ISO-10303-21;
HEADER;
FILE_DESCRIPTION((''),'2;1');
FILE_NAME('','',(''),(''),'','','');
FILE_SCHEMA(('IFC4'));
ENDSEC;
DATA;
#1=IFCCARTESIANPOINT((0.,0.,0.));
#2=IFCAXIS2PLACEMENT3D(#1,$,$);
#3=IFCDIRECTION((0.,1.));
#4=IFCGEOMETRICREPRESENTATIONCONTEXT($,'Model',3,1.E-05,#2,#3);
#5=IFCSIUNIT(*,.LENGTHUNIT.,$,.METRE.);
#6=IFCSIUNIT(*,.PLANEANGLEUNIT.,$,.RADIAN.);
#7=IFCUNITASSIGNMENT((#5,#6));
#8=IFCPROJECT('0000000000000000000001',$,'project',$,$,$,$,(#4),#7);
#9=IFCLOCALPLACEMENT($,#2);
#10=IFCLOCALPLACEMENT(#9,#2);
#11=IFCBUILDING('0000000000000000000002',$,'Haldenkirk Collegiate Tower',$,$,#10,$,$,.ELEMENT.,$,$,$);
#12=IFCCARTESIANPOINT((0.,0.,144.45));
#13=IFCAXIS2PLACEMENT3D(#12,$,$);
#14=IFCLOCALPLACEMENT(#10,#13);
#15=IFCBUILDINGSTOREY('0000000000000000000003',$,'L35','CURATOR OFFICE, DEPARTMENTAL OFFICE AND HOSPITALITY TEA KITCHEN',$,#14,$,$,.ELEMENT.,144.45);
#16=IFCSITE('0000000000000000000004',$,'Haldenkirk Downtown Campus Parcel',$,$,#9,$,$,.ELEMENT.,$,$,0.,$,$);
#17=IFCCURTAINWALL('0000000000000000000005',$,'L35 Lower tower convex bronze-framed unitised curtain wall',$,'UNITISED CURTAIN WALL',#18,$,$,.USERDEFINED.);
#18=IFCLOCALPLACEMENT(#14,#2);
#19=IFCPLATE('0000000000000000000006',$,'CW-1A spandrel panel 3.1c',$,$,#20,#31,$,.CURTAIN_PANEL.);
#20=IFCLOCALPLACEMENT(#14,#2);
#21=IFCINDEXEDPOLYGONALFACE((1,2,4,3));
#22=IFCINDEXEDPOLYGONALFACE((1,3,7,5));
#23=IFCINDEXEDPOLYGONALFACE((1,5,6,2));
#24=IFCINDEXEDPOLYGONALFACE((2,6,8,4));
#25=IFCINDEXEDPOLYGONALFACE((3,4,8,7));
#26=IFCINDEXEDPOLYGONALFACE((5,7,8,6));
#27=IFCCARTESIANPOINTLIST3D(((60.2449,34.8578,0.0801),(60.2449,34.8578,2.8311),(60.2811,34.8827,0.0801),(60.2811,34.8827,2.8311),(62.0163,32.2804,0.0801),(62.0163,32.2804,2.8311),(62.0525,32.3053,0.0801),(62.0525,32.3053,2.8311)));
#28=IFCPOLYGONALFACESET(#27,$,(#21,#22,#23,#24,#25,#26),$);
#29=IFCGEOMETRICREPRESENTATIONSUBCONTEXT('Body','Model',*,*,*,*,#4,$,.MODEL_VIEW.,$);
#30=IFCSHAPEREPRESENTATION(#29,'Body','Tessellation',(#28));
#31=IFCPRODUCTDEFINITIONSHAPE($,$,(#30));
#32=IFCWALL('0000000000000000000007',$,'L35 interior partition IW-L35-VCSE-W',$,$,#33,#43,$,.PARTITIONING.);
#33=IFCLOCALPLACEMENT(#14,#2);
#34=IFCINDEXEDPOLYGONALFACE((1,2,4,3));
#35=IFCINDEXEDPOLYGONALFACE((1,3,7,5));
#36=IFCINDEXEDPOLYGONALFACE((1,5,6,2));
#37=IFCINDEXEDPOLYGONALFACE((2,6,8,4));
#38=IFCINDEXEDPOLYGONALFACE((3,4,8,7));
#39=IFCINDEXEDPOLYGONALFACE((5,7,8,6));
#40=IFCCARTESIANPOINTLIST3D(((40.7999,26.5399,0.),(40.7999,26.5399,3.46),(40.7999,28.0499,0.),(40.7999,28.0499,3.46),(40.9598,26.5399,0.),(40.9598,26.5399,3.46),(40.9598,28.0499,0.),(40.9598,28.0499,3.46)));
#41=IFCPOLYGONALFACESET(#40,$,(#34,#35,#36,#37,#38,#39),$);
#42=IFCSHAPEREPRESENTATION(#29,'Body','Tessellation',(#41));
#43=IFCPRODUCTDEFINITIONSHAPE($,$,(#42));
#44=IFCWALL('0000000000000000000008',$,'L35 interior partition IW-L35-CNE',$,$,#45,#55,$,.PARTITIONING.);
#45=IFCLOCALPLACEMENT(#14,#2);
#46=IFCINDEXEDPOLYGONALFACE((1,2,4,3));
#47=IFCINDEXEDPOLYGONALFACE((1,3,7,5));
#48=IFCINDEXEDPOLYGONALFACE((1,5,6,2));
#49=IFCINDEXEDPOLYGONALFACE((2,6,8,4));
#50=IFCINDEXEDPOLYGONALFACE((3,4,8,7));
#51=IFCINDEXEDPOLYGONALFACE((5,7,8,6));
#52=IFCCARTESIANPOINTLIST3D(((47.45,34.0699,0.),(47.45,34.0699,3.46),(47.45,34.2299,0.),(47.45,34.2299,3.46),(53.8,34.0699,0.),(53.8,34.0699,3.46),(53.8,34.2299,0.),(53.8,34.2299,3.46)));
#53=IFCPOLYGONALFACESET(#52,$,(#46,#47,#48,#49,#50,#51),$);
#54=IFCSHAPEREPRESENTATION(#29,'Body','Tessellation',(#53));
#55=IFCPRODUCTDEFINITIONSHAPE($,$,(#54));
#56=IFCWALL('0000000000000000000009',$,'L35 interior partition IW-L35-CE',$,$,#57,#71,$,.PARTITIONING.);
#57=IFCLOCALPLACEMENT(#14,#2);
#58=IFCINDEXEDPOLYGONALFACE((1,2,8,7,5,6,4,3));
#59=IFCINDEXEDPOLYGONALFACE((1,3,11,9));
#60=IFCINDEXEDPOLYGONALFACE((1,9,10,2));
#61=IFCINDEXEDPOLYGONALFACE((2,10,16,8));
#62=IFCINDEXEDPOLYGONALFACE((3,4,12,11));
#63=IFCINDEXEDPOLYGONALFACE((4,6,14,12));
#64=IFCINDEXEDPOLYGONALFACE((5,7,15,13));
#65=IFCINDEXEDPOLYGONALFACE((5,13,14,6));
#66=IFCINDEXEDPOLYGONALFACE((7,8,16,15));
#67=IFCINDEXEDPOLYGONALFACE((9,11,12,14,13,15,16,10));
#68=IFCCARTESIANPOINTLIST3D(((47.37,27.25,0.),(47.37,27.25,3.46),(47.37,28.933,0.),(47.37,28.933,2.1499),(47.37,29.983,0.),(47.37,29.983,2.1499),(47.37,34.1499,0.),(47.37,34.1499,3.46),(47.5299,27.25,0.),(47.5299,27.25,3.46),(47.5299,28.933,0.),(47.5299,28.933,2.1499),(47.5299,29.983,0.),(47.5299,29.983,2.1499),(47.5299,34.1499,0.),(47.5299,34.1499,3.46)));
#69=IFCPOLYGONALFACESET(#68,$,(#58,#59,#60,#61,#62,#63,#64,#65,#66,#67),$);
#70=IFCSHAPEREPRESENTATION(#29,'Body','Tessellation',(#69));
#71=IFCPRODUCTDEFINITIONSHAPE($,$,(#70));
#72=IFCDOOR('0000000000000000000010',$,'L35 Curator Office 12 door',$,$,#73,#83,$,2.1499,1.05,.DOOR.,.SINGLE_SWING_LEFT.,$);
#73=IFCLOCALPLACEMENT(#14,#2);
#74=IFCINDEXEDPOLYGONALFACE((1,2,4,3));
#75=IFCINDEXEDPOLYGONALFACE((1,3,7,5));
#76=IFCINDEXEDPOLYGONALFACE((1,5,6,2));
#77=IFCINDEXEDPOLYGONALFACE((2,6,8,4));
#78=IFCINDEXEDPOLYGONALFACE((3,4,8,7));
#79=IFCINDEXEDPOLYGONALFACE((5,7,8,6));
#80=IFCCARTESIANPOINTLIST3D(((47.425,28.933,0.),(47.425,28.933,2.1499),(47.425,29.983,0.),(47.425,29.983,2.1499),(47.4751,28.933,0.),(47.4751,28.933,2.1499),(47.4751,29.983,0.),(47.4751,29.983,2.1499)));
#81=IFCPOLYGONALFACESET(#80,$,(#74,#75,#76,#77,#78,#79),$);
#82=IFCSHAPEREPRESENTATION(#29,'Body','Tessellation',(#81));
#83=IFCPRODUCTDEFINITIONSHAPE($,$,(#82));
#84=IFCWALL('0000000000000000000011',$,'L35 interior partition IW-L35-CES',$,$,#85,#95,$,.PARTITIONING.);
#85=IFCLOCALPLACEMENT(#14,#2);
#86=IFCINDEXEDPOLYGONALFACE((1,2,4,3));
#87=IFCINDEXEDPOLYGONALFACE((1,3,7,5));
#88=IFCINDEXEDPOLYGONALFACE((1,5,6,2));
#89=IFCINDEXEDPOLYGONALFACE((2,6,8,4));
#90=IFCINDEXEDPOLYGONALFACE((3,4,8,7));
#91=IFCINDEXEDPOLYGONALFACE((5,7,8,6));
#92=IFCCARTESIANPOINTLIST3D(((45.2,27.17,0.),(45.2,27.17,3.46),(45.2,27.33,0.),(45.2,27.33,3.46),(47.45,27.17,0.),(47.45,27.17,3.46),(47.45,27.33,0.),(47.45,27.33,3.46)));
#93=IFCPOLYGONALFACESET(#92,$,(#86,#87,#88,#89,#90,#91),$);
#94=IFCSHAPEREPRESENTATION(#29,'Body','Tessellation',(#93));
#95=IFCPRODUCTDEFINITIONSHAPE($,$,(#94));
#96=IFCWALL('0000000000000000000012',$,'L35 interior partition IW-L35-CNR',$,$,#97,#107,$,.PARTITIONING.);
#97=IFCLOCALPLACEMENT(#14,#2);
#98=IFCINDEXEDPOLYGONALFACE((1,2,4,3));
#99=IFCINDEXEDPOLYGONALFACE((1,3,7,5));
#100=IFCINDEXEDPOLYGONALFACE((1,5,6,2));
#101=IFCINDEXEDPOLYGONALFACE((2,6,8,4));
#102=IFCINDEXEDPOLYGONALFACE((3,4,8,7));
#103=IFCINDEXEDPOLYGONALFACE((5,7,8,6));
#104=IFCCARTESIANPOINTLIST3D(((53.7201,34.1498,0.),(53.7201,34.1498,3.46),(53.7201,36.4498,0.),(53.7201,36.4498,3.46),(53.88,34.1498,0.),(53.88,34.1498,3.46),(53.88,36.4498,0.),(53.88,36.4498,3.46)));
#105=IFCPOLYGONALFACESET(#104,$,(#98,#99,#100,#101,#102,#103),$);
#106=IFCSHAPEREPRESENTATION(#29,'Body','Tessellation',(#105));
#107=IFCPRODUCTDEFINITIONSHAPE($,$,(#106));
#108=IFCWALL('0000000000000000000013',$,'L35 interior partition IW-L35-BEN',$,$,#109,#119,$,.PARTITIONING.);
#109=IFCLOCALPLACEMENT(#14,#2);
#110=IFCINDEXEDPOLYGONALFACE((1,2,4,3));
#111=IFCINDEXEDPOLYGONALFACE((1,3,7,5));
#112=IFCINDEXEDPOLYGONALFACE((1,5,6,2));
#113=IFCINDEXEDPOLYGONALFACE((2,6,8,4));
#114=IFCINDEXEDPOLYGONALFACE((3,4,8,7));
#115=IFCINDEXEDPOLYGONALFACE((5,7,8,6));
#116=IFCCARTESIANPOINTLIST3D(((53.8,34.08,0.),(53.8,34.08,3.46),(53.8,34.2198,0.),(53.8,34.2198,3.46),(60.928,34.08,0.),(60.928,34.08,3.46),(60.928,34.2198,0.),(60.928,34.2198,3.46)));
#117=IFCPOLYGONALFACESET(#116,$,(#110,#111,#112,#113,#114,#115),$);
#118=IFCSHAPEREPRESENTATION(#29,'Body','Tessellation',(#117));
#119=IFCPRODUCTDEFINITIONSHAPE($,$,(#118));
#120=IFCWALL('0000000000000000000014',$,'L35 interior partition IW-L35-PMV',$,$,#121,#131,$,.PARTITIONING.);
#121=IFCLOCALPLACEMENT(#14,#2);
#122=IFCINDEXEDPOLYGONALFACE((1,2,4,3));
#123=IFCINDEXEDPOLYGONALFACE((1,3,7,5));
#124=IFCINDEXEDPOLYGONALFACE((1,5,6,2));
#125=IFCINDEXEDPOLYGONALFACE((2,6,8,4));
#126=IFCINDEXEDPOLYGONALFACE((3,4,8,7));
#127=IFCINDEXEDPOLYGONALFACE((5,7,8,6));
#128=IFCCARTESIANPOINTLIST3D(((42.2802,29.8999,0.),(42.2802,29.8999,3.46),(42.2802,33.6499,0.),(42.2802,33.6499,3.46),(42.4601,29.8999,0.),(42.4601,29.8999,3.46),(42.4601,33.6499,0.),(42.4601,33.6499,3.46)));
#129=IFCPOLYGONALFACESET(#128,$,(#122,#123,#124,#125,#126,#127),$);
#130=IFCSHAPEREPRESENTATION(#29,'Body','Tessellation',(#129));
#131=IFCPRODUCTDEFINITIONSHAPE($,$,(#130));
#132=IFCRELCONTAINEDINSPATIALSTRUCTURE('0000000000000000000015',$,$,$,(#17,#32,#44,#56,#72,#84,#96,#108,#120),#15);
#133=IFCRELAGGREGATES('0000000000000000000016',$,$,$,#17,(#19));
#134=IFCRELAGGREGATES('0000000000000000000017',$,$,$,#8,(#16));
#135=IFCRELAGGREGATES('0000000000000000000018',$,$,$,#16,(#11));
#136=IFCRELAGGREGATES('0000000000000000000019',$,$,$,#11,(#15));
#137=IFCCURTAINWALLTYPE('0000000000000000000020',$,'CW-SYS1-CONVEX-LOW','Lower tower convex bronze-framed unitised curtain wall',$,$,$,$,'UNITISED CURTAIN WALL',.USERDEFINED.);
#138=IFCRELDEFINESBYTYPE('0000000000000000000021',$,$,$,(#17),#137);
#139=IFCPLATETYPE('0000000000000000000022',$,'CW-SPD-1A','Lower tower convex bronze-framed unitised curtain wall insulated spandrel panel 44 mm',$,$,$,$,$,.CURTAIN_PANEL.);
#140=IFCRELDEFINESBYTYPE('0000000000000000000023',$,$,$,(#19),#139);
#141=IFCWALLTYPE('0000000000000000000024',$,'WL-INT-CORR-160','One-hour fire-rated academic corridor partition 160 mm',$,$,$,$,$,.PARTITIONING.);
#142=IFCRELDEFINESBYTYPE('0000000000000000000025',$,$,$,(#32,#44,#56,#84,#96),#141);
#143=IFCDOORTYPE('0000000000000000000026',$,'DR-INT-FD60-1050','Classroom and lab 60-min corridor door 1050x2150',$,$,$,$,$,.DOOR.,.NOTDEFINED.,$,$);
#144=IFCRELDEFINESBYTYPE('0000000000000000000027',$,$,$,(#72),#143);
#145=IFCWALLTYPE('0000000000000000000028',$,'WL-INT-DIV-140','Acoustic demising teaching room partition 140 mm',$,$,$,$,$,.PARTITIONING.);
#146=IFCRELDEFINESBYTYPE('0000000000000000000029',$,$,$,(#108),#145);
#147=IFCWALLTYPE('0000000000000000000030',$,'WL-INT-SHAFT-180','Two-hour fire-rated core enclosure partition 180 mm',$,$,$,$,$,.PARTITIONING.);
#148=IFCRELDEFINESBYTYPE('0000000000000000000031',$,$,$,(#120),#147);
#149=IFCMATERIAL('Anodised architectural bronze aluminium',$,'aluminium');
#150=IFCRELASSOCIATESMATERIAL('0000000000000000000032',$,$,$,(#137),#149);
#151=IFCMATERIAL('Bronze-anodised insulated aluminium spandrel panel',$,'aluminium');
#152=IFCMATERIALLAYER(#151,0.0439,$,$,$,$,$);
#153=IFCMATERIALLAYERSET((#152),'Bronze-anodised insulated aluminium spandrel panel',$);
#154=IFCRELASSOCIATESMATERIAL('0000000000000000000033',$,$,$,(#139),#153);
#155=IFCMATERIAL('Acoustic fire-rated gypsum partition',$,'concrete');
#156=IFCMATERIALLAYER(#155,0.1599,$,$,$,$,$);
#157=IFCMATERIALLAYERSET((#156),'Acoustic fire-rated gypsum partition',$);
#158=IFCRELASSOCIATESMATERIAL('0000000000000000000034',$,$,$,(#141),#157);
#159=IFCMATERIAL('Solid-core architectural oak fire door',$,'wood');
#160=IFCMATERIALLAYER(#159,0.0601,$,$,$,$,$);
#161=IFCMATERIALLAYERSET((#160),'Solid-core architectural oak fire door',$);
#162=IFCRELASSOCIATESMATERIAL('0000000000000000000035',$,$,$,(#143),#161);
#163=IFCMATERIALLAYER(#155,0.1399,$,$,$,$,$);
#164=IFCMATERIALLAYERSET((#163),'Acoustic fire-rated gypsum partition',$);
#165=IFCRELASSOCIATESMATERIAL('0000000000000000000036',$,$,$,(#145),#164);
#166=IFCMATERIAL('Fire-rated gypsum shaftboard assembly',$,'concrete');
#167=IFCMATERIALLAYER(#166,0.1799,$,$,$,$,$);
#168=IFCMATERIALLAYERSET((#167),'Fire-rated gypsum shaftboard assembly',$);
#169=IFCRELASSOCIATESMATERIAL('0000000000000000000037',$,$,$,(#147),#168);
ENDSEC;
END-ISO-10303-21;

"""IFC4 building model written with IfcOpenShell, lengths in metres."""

from ifc_helpers import new_model, si_unit, direction, frame, frame_2d, origin, origin_2d, place, context, subcontext, project, spatial, rectangle, extrude, source, transform, mapped, material, layer, layer_set, type_object, element, fill, aggregate, save


model = new_model("IFC4")

# Units and contexts
model_context = context("Model", 3, precision=1e-05, world=origin(), true_north=direction((0.0, 1.0)))
body_context = subcontext(model_context, "Body", "Model", "MODEL_VIEW")
ifc_project = project(units=[si_unit("LENGTHUNIT", "METRE"), si_unit("PLANEANGLEUNIT", "RADIAN")], contexts=[model_context])

# Site, building, storey
site_placement = place(None, origin())
site = spatial("IfcSite", under=ifc_project, at=site_placement, Name="Haldenkirk Downtown Campus Parcel", CompositionType="ELEMENT", RefElevation=0.0)
building_placement = place(site_placement, origin())
building = spatial("IfcBuilding", under=site, at=building_placement, Name="Haldenkirk Collegiate Tower", CompositionType="ELEMENT")
storey_placement = place(building_placement, frame((0.0, 0.0, 144.45)))
storey = spatial("IfcBuildingStorey", under=building, at=storey_placement, Name="L35", Description="CURATOR OFFICE, DEPARTMENTAL OFFICE AND HOSPITALITY TEA KITCHEN", CompositionType="ELEMENT", Elevation=144.45)

# Curtain wall, plate
ifc_material_1 = material(Name="Anodised architectural bronze aluminium", Category="aluminium")
curtain_wall_type = type_object("IfcCurtainWallType", Name="CW-SYS1-CONVEX-LOW", Description="Lower tower convex bronze-framed unitised curtain wall", ElementType="UNITISED CURTAIN WALL", PredefinedType="USERDEFINED", material=ifc_material_1)
curtain_wall_placement = place(storey_placement, origin())
curtain_wall = element("IfcCurtainWall", 1, at=curtain_wall_placement, inside=storey, type_object=curtain_wall_type, Name="L35 Lower tower convex bronze-framed unitised curtain wall", ObjectType="UNITISED CURTAIN WALL", PredefinedType="USERDEFINED")
ifc_material_2 = material(Name="Bronze-anodised insulated aluminium spandrel panel", Category="aluminium")
ifc_layer_1 = layer(ifc_material_2, 0.0439)
ifc_layer_set_1 = layer_set([ifc_layer_1], Name="Bronze-anodised insulated aluminium spandrel panel")
plate_type_1 = type_object("IfcPlateType", Name="CW-SPD-1A", Description="Lower tower convex bronze-framed unitised curtain wall insulated spandrel panel 44 mm", PredefinedType="CURTAIN_PANEL", material=ifc_layer_set_1)
shared_shape_1 = source(origin(), body_context, "Body", "SweptSolid", [
    extrude(rectangle(XDim=3.1274, YDim=0.0439, at=origin_2d()), origin(), (0.0, 0.0, 1.0), 2.751),
])
plate_1_placement = place(storey_placement, frame((61.1487, 33.5815, 0.0801), z_axis=(0.0, 0.0, 1.0), x_axis=(0.566406, -0.824127, 0.0)))
plate_1 = element("IfcPlate", 2, at=plate_1_placement, type_object=plate_type_1, Name="CW-1A spandrel panel 3.1c", PredefinedType="CURTAIN_PANEL", context=body_context, shape_type="MappedRepresentation", body=[
    mapped(shared_shape_1, transform((0.0, 0.0, 0.0), x_axis=(1.0, 0.0, 0.0), y_axis=(0.0, 1.0, 0.0), z_axis=(0.0, 0.0, 1.0), scale=1.0)),
])
aggregate(curtain_wall, [plate_1])

# Walls
ifc_material_3 = material(Name="Acoustic fire-rated gypsum partition", Category="concrete")
ifc_layer_2 = layer(ifc_material_3, 0.1599)
ifc_layer_set_2 = layer_set([ifc_layer_2], Name="Acoustic fire-rated gypsum partition")
wall_type_1 = type_object("IfcWallType", Name="WL-INT-CORR-160", Description="One-hour fire-rated academic corridor partition 160 mm", PredefinedType="PARTITIONING", material=ifc_layer_set_2)
wall_1_placement = place(storey_placement, frame((40.8799, 26.54, 0.0), z_axis=(0.0, 0.0, 1.0), x_axis=(0.0, 1.0, 0.0)))
element("IfcWall", 3, at=wall_1_placement, inside=storey, type_object=wall_type_1, Name="L35 interior partition IW-L35-VCSE-W", PredefinedType="PARTITIONING", context=body_context, shape_type="SweptSolid", body=[
    extrude(rectangle(XDim=1.51, YDim=0.1599, at=frame_2d((0.7549, 0.0))), origin(), (0.0, 0.0, 1.0), 3.46),
])
wall_2_placement = place(storey_placement, frame((47.45, 34.1499, 0.0), z_axis=(0.0, 0.0, 1.0), x_axis=(1.0, 0.0, 0.0)))
element("IfcWall", 4, at=wall_2_placement, inside=storey, type_object=wall_type_1, Name="L35 interior partition IW-L35-CNE", PredefinedType="PARTITIONING", context=body_context, shape_type="SweptSolid", body=[
    extrude(rectangle(XDim=6.3501, YDim=0.1599, at=frame_2d((3.175, 0.0))), origin(), (0.0, 0.0, 1.0), 3.46),
])

# Wall, opening, door
wall_3_placement = place(storey_placement, frame((47.45, 27.25, 0.0), z_axis=(0.0, 0.0, 1.0), x_axis=(0.0, 1.0, 0.0)))
wall_3 = element("IfcWall", 5, at=wall_3_placement, inside=storey, type_object=wall_type_1, Name="L35 interior partition IW-L35-CE", PredefinedType="PARTITIONING", context=body_context, shape_type="SweptSolid", body=[
    extrude(rectangle(XDim=6.8999, YDim=0.1599, at=frame_2d((3.45, 0.0))), origin(), (0.0, 0.0, 1.0), 3.46),
])
opening_placement = place(wall_3_placement, frame((1.6831, 0.0, 0.0)))
opening = element("IfcOpeningElement", 6, at=opening_placement, cuts=wall_3, PredefinedType="OPENING", context=body_context, shape_type="SweptSolid", body=[
    extrude(rectangle(XDim=1.05, YDim=2.1499, at=frame_2d((0.5249, 1.075))), frame((0.0, 0.0898, 0.0), z_axis=(0.0, -1.0, 0.0), x_axis=(1.0, 0.0, 0.0)), (0.0, 0.0, 1.0), 0.1799),
])
ifc_material_4 = material(Name="Solid-core architectural oak fire door", Category="wood")
ifc_layer_3 = layer(ifc_material_4, 0.0601)
ifc_layer_set_3 = layer_set([ifc_layer_3], Name="Solid-core architectural oak fire door")
door_type = type_object("IfcDoorType", Name="DR-INT-FD60-1050", Description="Classroom and lab 60-min corridor door 1050x2150", OperationType="NOTDEFINED", PredefinedType="DOOR", material=ifc_layer_set_3)
door_placement = place(opening_placement, origin())
door = element("IfcDoor", 7, at=door_placement, inside=storey, type_object=door_type, Name="L35 Curator Office 12 door", OperationType="SINGLE_SWING_LEFT", OverallHeight=2.1499, OverallWidth=1.05, PredefinedType="DOOR", context=body_context, shape_type="SweptSolid", body=[
    extrude(rectangle(XDim=1.05, YDim=2.1499, at=frame_2d((0.5249, 1.075))), frame((0.0, 0.0249, 0.0), z_axis=(0.0, -1.0, 0.0), x_axis=(1.0, 0.0, 0.0)), (0.0, 0.0, 1.0), 0.05),
])
fill(opening, door)

# Walls
wall_4_placement = place(storey_placement, frame((45.2, 27.25, 0.0), z_axis=(0.0, 0.0, 1.0), x_axis=(1.0, 0.0, 0.0)))
element("IfcWall", 8, at=wall_4_placement, inside=storey, type_object=wall_type_1, Name="L35 interior partition IW-L35-CES", PredefinedType="PARTITIONING", context=body_context, shape_type="SweptSolid", body=[
    extrude(rectangle(XDim=2.25, YDim=0.1599, at=frame_2d((1.125, 0.0))), origin(), (0.0, 0.0, 1.0), 3.46),
])
wall_5_placement = place(storey_placement, frame((53.8, 34.1499, 0.0), z_axis=(0.0, 0.0, 1.0), x_axis=(0.0, 1.0, 0.0)))
element("IfcWall", 9, at=wall_5_placement, inside=storey, type_object=wall_type_1, Name="L35 interior partition IW-L35-CNR", PredefinedType="PARTITIONING", context=body_context, shape_type="SweptSolid", body=[
    extrude(rectangle(XDim=2.3, YDim=0.1599, at=frame_2d((1.1499, 0.0))), origin(), (0.0, 0.0, 1.0), 3.46),
])
ifc_layer_4 = layer(ifc_material_3, 0.1399)
ifc_layer_set_4 = layer_set([ifc_layer_4], Name="Acoustic fire-rated gypsum partition")
wall_type_2 = type_object("IfcWallType", Name="WL-INT-DIV-140", Description="Acoustic demising teaching room partition 140 mm", PredefinedType="PARTITIONING", material=ifc_layer_set_4)
wall_6_placement = place(storey_placement, frame((53.8, 34.1499, 0.0), z_axis=(0.0, 0.0, 1.0), x_axis=(1.0, 0.0, 0.0)))
element("IfcWall", 10, at=wall_6_placement, inside=storey, type_object=wall_type_2, Name="L35 interior partition IW-L35-BEN", PredefinedType="PARTITIONING", context=body_context, shape_type="SweptSolid", body=[
    extrude(rectangle(XDim=7.1279, YDim=0.1399, at=frame_2d((3.564, 0.0))), origin(), (0.0, 0.0, 1.0), 3.46),
])
ifc_material_5 = material(Name="Fire-rated gypsum shaftboard assembly", Category="concrete")
ifc_layer_5 = layer(ifc_material_5, 0.1799)
ifc_layer_set_5 = layer_set([ifc_layer_5], Name="Fire-rated gypsum shaftboard assembly")
wall_type_3 = type_object("IfcWallType", Name="WL-INT-SHAFT-180", Description="Two-hour fire-rated core enclosure partition 180 mm", PredefinedType="PARTITIONING", material=ifc_layer_set_5)
wall_7_placement = place(storey_placement, frame((42.3701, 29.8999, 0.0), z_axis=(0.0, 0.0, 1.0), x_axis=(0.0, 1.0, 0.0)))
element("IfcWall", 11, at=wall_7_placement, inside=storey, type_object=wall_type_3, Name="L35 interior partition IW-L35-PMV", PredefinedType="PARTITIONING", context=body_context, shape_type="SweptSolid", body=[
    extrude(rectangle(XDim=3.75, YDim=0.1799, at=frame_2d((1.875, 0.0))), origin(), (0.0, 0.0, 1.0), 3.46),
])

save(model, "model.ifc")
